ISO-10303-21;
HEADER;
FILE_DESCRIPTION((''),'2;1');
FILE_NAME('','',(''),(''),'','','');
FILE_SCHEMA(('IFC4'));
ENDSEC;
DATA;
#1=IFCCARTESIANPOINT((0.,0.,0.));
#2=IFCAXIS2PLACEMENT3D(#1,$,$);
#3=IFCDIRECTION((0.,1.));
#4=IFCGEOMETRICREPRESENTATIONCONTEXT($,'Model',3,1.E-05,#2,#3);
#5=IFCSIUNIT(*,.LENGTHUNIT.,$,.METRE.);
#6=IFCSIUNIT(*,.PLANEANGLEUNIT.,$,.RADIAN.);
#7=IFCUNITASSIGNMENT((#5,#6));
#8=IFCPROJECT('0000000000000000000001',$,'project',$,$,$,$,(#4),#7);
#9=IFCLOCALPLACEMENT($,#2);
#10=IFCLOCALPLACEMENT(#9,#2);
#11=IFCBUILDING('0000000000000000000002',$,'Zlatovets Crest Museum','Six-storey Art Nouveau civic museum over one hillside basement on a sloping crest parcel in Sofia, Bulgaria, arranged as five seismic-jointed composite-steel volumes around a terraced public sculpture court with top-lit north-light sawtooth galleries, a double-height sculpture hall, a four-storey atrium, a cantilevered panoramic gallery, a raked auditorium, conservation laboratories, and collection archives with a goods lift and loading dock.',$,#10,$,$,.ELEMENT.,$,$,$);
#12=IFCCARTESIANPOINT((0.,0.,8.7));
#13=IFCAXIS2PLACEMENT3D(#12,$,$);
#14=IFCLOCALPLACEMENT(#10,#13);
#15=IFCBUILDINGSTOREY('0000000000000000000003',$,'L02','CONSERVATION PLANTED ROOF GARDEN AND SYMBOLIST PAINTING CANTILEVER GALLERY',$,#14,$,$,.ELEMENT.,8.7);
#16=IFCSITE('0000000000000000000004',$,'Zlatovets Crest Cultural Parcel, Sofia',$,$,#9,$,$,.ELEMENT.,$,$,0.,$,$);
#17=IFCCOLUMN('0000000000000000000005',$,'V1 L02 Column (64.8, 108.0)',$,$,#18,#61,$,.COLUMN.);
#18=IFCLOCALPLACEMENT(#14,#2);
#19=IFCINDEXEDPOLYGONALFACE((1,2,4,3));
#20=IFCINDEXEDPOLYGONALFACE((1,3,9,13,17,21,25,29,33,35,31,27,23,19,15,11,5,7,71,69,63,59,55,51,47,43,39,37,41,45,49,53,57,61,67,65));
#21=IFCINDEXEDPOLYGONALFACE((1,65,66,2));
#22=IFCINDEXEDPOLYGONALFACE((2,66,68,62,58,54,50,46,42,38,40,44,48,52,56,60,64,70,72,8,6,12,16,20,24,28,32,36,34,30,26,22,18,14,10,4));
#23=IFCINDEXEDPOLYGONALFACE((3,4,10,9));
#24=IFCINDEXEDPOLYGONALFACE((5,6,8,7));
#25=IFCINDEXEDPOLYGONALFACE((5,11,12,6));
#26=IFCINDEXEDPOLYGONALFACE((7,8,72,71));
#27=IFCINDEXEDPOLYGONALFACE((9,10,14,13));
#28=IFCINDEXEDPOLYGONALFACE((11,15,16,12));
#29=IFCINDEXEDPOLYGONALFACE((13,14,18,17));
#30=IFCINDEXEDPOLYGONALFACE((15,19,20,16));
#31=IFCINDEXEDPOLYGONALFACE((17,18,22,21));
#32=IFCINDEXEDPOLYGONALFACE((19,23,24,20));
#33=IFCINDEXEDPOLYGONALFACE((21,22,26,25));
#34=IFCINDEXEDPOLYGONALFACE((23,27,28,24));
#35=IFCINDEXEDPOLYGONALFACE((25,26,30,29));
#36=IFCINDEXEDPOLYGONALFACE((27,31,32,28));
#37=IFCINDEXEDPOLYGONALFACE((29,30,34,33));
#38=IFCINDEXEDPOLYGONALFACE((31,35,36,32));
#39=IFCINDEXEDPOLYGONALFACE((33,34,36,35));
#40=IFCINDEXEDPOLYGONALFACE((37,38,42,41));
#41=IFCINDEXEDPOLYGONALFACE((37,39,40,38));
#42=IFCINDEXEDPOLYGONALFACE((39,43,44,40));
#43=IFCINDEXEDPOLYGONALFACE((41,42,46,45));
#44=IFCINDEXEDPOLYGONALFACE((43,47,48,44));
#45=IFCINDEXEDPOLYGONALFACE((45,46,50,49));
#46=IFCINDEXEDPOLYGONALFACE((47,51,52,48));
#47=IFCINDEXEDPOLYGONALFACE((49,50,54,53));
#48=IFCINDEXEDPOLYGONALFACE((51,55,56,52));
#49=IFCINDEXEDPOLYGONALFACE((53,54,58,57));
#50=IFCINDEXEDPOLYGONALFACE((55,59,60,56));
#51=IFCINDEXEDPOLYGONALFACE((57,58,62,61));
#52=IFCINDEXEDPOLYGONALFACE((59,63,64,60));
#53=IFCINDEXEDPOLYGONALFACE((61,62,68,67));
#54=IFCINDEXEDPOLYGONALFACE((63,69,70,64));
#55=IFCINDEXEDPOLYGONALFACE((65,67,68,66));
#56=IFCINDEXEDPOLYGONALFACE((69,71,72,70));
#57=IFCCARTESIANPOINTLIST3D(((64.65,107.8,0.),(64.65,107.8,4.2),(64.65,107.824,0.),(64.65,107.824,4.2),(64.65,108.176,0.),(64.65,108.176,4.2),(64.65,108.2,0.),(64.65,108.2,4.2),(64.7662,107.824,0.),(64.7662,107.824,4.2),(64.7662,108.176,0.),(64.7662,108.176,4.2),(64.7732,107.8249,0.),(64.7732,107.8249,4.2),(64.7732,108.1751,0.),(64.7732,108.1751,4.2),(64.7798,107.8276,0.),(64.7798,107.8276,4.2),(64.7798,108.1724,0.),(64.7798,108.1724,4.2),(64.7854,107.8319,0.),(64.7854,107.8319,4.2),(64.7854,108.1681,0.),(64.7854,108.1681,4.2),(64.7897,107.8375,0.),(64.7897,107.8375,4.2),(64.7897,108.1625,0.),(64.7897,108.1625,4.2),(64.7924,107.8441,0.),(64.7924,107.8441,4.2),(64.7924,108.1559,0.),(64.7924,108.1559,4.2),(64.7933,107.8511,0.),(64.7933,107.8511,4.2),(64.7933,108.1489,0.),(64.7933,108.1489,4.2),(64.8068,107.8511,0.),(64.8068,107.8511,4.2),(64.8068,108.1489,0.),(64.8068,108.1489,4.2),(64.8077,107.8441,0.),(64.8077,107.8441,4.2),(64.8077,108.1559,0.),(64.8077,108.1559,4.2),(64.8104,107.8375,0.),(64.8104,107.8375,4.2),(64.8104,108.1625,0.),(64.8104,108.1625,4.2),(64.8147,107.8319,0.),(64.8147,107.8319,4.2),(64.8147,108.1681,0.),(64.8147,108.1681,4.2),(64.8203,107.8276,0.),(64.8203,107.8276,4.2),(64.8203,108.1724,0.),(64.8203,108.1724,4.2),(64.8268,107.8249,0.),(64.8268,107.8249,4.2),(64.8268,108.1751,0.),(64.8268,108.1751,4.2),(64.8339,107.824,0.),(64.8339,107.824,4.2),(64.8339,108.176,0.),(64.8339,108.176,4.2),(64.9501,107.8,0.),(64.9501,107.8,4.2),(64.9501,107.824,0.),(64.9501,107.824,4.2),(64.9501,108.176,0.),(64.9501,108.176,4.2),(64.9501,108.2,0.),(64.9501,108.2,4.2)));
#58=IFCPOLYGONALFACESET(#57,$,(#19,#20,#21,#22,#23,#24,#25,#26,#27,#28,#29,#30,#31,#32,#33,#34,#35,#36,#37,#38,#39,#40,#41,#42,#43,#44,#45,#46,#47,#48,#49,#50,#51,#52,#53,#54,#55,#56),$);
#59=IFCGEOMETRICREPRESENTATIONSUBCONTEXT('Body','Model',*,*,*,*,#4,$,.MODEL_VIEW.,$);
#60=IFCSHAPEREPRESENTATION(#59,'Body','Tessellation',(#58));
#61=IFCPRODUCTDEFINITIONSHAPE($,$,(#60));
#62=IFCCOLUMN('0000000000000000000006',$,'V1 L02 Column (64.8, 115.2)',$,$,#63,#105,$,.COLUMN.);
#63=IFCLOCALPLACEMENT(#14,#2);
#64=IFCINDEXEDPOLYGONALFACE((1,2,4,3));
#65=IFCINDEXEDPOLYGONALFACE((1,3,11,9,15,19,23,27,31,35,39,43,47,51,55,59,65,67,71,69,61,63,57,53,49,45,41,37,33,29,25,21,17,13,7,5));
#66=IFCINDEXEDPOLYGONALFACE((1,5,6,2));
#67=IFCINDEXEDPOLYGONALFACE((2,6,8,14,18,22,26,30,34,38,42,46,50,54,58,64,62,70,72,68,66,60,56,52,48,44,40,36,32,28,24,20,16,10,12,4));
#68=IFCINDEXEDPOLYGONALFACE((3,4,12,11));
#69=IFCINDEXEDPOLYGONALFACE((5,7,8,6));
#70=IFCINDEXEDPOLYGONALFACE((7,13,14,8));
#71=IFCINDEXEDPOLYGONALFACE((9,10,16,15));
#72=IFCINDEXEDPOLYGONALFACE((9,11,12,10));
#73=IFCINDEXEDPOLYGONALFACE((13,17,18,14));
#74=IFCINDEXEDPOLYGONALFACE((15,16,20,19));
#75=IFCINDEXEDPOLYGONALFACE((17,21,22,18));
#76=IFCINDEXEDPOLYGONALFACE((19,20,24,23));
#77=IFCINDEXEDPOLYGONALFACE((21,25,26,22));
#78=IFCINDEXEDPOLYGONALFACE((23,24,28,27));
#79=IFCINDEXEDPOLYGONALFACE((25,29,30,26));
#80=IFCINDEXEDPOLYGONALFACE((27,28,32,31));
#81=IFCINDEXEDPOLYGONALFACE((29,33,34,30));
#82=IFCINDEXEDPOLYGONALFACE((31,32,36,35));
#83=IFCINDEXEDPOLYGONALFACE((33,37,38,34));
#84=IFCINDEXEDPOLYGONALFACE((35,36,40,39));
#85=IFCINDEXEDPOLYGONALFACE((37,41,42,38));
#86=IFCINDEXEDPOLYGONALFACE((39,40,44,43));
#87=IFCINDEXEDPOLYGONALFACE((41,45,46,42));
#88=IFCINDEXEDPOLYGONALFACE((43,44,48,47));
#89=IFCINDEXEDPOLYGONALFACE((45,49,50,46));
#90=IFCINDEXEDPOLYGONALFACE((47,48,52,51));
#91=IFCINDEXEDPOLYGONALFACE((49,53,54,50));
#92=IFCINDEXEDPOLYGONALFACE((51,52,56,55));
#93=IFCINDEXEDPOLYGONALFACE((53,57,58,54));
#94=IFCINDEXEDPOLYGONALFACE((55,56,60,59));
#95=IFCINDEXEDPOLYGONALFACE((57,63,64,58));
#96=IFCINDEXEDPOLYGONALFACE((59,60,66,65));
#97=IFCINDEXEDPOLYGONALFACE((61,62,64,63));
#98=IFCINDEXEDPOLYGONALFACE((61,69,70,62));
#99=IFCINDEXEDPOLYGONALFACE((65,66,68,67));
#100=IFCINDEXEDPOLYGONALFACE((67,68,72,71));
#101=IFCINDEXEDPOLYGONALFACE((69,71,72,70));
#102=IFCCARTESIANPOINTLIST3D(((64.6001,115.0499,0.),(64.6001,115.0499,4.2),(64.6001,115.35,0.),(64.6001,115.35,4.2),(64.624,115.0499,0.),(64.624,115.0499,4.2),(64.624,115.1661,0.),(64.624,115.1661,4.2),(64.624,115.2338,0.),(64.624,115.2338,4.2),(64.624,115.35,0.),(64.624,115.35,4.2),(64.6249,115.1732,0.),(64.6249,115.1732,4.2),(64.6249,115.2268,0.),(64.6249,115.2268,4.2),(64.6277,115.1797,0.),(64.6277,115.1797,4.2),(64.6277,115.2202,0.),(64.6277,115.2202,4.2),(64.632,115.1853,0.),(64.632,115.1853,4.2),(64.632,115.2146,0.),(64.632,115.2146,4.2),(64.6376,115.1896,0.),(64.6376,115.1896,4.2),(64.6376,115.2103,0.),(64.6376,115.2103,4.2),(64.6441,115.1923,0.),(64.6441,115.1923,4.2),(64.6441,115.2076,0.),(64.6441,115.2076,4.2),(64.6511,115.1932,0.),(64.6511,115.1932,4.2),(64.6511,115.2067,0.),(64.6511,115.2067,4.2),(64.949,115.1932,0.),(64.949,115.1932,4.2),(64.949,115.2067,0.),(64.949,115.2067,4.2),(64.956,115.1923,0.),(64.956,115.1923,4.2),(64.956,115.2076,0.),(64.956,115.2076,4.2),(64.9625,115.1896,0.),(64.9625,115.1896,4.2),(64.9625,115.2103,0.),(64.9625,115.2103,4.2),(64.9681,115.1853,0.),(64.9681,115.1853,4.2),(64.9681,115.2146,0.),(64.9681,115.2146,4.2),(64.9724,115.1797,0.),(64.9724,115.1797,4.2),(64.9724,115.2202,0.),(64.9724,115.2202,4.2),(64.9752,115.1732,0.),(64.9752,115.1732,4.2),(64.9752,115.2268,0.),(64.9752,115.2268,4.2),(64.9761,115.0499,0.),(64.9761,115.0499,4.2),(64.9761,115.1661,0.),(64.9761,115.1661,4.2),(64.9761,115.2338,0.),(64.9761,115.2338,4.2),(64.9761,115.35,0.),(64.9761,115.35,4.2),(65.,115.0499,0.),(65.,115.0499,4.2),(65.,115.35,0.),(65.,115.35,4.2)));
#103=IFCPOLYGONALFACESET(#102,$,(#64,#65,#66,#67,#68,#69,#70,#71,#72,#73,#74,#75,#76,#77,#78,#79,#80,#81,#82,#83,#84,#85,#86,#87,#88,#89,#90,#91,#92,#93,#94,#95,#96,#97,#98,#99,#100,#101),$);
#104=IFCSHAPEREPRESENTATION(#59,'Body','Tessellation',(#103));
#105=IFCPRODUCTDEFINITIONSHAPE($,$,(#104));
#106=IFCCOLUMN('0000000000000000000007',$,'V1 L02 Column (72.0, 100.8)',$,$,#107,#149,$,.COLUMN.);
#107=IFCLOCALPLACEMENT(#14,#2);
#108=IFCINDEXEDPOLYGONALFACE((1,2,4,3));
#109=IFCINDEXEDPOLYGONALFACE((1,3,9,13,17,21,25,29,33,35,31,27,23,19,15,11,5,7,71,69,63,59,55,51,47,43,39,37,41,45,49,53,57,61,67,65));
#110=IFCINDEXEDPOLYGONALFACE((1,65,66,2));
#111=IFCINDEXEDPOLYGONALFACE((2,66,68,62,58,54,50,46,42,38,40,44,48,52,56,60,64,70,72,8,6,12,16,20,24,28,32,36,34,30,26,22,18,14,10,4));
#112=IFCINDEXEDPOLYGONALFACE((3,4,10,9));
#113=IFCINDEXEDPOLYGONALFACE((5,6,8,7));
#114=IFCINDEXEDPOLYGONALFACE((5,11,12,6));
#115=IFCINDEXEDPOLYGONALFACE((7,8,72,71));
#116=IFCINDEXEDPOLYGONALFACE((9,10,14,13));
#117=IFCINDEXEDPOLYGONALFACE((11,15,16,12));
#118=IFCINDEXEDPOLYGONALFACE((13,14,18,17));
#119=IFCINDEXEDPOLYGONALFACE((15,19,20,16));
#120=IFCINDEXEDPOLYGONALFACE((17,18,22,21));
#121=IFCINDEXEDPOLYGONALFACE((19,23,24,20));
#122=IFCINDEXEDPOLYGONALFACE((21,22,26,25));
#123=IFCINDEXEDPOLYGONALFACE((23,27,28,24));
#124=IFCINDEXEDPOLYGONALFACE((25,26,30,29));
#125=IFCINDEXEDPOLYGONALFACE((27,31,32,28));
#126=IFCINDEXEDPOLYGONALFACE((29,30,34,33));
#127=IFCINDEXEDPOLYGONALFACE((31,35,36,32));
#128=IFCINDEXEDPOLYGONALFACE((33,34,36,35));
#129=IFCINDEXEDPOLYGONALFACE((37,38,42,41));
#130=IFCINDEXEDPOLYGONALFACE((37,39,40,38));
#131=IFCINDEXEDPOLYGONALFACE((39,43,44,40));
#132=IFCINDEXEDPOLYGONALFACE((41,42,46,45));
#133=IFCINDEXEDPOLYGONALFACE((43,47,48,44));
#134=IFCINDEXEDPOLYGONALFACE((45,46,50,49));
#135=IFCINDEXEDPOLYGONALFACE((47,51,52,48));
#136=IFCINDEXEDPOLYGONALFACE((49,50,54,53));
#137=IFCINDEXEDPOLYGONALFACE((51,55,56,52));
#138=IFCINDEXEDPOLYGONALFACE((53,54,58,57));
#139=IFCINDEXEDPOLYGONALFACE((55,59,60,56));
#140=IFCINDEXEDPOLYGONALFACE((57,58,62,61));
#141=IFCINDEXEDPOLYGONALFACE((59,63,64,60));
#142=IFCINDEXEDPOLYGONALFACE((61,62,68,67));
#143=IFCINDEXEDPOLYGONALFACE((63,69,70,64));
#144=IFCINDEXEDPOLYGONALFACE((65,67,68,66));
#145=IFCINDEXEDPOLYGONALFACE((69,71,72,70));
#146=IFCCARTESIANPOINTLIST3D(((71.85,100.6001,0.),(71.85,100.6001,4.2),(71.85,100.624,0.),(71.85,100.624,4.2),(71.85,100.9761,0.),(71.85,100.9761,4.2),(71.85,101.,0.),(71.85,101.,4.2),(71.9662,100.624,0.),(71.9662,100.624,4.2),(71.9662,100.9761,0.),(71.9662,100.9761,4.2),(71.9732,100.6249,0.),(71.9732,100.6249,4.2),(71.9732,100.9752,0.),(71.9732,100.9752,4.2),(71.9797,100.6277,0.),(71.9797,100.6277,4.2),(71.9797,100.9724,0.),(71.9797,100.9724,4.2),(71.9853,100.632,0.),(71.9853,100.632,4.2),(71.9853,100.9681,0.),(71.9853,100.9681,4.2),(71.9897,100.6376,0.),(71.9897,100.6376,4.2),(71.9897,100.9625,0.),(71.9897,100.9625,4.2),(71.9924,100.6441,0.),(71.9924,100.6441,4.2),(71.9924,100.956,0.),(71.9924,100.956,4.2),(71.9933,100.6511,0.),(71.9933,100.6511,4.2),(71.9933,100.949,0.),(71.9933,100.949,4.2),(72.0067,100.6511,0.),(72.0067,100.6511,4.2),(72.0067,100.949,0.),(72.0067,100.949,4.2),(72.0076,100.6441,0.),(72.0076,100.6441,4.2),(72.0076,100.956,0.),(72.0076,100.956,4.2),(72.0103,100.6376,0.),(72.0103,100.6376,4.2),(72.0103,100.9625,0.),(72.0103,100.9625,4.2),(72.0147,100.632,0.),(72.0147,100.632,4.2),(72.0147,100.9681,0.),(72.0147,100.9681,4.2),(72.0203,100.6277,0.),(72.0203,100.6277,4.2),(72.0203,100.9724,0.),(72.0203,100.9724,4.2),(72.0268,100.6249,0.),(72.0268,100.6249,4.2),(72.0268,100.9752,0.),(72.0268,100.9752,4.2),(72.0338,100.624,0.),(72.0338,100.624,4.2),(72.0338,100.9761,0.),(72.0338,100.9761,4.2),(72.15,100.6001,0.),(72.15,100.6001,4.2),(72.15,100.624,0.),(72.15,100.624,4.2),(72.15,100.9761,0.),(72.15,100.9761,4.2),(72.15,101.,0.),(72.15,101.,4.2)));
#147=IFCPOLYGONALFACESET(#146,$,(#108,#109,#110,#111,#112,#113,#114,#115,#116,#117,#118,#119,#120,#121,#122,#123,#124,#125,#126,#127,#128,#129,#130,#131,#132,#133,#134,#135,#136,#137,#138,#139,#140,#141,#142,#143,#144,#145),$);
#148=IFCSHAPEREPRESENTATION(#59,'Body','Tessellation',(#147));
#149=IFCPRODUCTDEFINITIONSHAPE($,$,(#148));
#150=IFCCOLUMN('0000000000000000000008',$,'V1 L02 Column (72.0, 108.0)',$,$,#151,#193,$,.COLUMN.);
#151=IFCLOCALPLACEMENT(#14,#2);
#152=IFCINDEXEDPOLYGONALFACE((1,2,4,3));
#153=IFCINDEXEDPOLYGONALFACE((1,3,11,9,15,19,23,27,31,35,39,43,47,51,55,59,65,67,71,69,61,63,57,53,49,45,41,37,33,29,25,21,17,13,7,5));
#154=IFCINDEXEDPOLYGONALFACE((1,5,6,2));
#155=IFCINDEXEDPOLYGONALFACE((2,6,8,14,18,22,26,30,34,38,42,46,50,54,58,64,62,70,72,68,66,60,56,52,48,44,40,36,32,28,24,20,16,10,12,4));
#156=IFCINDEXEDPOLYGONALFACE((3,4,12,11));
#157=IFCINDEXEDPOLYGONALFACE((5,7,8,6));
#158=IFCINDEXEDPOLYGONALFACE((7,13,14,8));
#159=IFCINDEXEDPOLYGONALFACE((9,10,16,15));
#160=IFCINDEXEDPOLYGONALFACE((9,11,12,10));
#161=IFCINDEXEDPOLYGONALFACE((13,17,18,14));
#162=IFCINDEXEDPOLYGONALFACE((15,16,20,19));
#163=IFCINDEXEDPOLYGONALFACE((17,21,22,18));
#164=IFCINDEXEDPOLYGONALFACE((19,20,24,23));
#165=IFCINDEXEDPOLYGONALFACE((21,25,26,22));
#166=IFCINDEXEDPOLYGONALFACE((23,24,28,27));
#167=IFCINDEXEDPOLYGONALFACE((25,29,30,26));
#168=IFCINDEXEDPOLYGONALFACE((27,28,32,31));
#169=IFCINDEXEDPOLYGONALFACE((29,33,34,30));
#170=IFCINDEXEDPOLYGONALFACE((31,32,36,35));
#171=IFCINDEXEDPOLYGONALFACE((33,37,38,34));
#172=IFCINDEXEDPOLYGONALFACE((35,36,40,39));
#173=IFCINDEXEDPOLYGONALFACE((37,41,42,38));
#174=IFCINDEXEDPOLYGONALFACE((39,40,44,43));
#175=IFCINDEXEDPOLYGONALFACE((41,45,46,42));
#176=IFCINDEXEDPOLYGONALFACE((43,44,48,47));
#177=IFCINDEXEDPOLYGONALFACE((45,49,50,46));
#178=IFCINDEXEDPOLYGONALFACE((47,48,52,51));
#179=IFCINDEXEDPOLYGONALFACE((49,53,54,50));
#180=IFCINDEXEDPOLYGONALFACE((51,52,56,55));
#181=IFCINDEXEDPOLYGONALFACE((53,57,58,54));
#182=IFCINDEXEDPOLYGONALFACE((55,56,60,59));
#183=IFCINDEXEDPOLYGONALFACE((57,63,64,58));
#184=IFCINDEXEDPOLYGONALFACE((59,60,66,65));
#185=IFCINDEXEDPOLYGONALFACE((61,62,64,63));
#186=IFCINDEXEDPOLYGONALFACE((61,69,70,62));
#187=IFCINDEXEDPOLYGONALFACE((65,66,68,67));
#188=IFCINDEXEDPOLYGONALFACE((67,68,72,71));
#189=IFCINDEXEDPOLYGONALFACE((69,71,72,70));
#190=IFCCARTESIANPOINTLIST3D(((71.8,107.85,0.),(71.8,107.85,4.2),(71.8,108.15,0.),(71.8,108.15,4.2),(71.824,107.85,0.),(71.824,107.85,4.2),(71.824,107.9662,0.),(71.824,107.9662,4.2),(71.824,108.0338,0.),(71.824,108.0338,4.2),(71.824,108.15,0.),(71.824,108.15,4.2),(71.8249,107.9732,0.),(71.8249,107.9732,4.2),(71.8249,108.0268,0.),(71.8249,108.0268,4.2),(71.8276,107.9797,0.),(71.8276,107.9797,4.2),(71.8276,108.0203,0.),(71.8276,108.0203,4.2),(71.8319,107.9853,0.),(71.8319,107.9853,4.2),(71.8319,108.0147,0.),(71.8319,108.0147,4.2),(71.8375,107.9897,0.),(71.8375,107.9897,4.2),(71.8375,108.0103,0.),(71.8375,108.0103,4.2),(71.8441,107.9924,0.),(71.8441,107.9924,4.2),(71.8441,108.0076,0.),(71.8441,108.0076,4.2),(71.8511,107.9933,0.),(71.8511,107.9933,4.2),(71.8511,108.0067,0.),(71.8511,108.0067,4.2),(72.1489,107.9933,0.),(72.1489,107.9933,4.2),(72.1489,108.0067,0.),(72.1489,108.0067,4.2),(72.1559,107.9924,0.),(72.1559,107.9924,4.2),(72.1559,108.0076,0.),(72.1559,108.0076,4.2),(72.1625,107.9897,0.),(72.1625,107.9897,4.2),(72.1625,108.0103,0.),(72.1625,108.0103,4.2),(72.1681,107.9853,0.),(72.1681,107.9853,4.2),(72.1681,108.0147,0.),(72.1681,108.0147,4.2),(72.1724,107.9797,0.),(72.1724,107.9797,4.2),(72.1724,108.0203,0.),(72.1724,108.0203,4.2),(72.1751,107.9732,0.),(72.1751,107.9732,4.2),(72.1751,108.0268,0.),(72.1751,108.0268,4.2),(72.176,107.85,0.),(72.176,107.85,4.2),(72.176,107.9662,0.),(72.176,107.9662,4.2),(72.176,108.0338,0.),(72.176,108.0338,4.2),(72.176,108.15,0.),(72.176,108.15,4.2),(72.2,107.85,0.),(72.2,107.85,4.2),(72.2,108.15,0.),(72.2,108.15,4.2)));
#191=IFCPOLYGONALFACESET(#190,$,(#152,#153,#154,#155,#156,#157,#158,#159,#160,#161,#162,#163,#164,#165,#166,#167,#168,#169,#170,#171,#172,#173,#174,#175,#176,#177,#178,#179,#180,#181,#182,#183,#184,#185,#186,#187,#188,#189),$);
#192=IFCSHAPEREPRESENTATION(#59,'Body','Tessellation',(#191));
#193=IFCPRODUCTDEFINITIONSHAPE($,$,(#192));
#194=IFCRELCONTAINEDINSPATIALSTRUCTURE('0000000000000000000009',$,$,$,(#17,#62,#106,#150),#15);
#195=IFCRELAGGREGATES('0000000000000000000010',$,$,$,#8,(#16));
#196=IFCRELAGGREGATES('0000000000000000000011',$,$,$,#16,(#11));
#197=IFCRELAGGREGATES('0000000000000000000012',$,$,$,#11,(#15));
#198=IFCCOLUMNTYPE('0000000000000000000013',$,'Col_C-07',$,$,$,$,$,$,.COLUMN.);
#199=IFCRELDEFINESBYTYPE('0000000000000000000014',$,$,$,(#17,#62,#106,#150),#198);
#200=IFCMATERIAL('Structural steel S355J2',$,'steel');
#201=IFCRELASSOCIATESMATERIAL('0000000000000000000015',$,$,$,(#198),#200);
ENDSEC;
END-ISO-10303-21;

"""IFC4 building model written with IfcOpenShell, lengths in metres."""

from ifc_helpers import new_model, si_unit, direction, frame, origin, origin_2d, place, context, subcontext, project, spatial, i_section, extrude, material, material_profile, profile_set, type_object, element, save


model = new_model("IFC4")

# Units and contexts
model_context = context("Model", 3, precision=1e-05, world=origin(), true_north=direction((0.0, 1.0)))
body_context = subcontext(model_context, "Body", "Model", "MODEL_VIEW")
ifc_project = project(units=[si_unit("LENGTHUNIT", "METRE"), si_unit("PLANEANGLEUNIT", "RADIAN")], contexts=[model_context])

# Site, building, storey
site_placement = place(None, origin())
site = spatial("IfcSite", under=ifc_project, at=site_placement, Name="Zlatovets Crest Cultural Parcel, Sofia", CompositionType="ELEMENT", RefElevation=0.0)
building_placement = place(site_placement, origin())
building = spatial("IfcBuilding", under=site, at=building_placement, Name="Zlatovets Crest Museum", Description="Six-storey Art Nouveau civic museum over one hillside basement on a sloping crest parcel in Sofia, Bulgaria, arranged as five seismic-jointed composite-steel volumes around a terraced public sculpture court with top-lit north-light sawtooth galleries, a double-height sculpture hall, a four-storey atrium, a cantilevered panoramic gallery, a raked auditorium, conservation laboratories, and collection archives with a goods lift and loading dock.", CompositionType="ELEMENT")
storey_placement = place(building_placement, frame((0.0, 0.0, 8.7)))
storey = spatial("IfcBuildingStorey", under=building, at=storey_placement, Name="L02", Description="CONSERVATION PLANTED ROOF GARDEN AND SYMBOLIST PAINTING CANTILEVER GALLERY", CompositionType="ELEMENT", Elevation=8.7)

# Columns
ifc_material_1 = material(Name="Structural steel S355J2", Category="steel")
ifc_material_profile_1 = material_profile(ifc_material_1, i_section(OverallWidth=0.3, OverallDepth=0.3999, WebThickness=0.0134, FlangeThickness=0.0239, FilletRadius=0.0271, at=origin_2d()), Name="HEB 400")
ifc_profile_set_1 = profile_set([ifc_material_profile_1], Name="Structural steel S355J2")
column_type = type_object("IfcColumnType", Name="Col_C-07", PredefinedType="COLUMN", material=ifc_profile_set_1)
for number, where, z_axis, x_axis, name in (
    (1, (64.8, 108.0, 0.0), (0.0, 0.0, 1.0), (1.0, 0.0, 0.0), "V1 L02 Column (64.8, 108.0)"),
    (2, (64.8, 115.2, 0.0), (0.0, 0.0, 1.0), (0.0, 1.0, 0.0), "V1 L02 Column (64.8, 115.2)"),
    (3, (72.0, 100.8, 0.0), (0.0, 0.0, 1.0), (1.0, 0.0, 0.0), "V1 L02 Column (72.0, 100.8)"),
    (4, (72.0, 108.0, 0.0), (0.0, 0.0, 1.0), (0.0, 1.0, 0.0), "V1 L02 Column (72.0, 108.0)"),
):
    element("IfcColumn", number, at=place(storey_placement, frame(where, z_axis=z_axis, x_axis=x_axis)), inside=storey, type_object=column_type, Name=name, PredefinedType="COLUMN", context=body_context, shape_type="SweptSolid", body=[
        extrude(i_section(OverallWidth=0.3, OverallDepth=0.3999, WebThickness=0.0134, FlangeThickness=0.0239, FilletRadius=0.0271, at=origin_2d()), origin(), (0.0, 0.0, 1.0), 4.2),
    ])

save(model, "model.ifc")
